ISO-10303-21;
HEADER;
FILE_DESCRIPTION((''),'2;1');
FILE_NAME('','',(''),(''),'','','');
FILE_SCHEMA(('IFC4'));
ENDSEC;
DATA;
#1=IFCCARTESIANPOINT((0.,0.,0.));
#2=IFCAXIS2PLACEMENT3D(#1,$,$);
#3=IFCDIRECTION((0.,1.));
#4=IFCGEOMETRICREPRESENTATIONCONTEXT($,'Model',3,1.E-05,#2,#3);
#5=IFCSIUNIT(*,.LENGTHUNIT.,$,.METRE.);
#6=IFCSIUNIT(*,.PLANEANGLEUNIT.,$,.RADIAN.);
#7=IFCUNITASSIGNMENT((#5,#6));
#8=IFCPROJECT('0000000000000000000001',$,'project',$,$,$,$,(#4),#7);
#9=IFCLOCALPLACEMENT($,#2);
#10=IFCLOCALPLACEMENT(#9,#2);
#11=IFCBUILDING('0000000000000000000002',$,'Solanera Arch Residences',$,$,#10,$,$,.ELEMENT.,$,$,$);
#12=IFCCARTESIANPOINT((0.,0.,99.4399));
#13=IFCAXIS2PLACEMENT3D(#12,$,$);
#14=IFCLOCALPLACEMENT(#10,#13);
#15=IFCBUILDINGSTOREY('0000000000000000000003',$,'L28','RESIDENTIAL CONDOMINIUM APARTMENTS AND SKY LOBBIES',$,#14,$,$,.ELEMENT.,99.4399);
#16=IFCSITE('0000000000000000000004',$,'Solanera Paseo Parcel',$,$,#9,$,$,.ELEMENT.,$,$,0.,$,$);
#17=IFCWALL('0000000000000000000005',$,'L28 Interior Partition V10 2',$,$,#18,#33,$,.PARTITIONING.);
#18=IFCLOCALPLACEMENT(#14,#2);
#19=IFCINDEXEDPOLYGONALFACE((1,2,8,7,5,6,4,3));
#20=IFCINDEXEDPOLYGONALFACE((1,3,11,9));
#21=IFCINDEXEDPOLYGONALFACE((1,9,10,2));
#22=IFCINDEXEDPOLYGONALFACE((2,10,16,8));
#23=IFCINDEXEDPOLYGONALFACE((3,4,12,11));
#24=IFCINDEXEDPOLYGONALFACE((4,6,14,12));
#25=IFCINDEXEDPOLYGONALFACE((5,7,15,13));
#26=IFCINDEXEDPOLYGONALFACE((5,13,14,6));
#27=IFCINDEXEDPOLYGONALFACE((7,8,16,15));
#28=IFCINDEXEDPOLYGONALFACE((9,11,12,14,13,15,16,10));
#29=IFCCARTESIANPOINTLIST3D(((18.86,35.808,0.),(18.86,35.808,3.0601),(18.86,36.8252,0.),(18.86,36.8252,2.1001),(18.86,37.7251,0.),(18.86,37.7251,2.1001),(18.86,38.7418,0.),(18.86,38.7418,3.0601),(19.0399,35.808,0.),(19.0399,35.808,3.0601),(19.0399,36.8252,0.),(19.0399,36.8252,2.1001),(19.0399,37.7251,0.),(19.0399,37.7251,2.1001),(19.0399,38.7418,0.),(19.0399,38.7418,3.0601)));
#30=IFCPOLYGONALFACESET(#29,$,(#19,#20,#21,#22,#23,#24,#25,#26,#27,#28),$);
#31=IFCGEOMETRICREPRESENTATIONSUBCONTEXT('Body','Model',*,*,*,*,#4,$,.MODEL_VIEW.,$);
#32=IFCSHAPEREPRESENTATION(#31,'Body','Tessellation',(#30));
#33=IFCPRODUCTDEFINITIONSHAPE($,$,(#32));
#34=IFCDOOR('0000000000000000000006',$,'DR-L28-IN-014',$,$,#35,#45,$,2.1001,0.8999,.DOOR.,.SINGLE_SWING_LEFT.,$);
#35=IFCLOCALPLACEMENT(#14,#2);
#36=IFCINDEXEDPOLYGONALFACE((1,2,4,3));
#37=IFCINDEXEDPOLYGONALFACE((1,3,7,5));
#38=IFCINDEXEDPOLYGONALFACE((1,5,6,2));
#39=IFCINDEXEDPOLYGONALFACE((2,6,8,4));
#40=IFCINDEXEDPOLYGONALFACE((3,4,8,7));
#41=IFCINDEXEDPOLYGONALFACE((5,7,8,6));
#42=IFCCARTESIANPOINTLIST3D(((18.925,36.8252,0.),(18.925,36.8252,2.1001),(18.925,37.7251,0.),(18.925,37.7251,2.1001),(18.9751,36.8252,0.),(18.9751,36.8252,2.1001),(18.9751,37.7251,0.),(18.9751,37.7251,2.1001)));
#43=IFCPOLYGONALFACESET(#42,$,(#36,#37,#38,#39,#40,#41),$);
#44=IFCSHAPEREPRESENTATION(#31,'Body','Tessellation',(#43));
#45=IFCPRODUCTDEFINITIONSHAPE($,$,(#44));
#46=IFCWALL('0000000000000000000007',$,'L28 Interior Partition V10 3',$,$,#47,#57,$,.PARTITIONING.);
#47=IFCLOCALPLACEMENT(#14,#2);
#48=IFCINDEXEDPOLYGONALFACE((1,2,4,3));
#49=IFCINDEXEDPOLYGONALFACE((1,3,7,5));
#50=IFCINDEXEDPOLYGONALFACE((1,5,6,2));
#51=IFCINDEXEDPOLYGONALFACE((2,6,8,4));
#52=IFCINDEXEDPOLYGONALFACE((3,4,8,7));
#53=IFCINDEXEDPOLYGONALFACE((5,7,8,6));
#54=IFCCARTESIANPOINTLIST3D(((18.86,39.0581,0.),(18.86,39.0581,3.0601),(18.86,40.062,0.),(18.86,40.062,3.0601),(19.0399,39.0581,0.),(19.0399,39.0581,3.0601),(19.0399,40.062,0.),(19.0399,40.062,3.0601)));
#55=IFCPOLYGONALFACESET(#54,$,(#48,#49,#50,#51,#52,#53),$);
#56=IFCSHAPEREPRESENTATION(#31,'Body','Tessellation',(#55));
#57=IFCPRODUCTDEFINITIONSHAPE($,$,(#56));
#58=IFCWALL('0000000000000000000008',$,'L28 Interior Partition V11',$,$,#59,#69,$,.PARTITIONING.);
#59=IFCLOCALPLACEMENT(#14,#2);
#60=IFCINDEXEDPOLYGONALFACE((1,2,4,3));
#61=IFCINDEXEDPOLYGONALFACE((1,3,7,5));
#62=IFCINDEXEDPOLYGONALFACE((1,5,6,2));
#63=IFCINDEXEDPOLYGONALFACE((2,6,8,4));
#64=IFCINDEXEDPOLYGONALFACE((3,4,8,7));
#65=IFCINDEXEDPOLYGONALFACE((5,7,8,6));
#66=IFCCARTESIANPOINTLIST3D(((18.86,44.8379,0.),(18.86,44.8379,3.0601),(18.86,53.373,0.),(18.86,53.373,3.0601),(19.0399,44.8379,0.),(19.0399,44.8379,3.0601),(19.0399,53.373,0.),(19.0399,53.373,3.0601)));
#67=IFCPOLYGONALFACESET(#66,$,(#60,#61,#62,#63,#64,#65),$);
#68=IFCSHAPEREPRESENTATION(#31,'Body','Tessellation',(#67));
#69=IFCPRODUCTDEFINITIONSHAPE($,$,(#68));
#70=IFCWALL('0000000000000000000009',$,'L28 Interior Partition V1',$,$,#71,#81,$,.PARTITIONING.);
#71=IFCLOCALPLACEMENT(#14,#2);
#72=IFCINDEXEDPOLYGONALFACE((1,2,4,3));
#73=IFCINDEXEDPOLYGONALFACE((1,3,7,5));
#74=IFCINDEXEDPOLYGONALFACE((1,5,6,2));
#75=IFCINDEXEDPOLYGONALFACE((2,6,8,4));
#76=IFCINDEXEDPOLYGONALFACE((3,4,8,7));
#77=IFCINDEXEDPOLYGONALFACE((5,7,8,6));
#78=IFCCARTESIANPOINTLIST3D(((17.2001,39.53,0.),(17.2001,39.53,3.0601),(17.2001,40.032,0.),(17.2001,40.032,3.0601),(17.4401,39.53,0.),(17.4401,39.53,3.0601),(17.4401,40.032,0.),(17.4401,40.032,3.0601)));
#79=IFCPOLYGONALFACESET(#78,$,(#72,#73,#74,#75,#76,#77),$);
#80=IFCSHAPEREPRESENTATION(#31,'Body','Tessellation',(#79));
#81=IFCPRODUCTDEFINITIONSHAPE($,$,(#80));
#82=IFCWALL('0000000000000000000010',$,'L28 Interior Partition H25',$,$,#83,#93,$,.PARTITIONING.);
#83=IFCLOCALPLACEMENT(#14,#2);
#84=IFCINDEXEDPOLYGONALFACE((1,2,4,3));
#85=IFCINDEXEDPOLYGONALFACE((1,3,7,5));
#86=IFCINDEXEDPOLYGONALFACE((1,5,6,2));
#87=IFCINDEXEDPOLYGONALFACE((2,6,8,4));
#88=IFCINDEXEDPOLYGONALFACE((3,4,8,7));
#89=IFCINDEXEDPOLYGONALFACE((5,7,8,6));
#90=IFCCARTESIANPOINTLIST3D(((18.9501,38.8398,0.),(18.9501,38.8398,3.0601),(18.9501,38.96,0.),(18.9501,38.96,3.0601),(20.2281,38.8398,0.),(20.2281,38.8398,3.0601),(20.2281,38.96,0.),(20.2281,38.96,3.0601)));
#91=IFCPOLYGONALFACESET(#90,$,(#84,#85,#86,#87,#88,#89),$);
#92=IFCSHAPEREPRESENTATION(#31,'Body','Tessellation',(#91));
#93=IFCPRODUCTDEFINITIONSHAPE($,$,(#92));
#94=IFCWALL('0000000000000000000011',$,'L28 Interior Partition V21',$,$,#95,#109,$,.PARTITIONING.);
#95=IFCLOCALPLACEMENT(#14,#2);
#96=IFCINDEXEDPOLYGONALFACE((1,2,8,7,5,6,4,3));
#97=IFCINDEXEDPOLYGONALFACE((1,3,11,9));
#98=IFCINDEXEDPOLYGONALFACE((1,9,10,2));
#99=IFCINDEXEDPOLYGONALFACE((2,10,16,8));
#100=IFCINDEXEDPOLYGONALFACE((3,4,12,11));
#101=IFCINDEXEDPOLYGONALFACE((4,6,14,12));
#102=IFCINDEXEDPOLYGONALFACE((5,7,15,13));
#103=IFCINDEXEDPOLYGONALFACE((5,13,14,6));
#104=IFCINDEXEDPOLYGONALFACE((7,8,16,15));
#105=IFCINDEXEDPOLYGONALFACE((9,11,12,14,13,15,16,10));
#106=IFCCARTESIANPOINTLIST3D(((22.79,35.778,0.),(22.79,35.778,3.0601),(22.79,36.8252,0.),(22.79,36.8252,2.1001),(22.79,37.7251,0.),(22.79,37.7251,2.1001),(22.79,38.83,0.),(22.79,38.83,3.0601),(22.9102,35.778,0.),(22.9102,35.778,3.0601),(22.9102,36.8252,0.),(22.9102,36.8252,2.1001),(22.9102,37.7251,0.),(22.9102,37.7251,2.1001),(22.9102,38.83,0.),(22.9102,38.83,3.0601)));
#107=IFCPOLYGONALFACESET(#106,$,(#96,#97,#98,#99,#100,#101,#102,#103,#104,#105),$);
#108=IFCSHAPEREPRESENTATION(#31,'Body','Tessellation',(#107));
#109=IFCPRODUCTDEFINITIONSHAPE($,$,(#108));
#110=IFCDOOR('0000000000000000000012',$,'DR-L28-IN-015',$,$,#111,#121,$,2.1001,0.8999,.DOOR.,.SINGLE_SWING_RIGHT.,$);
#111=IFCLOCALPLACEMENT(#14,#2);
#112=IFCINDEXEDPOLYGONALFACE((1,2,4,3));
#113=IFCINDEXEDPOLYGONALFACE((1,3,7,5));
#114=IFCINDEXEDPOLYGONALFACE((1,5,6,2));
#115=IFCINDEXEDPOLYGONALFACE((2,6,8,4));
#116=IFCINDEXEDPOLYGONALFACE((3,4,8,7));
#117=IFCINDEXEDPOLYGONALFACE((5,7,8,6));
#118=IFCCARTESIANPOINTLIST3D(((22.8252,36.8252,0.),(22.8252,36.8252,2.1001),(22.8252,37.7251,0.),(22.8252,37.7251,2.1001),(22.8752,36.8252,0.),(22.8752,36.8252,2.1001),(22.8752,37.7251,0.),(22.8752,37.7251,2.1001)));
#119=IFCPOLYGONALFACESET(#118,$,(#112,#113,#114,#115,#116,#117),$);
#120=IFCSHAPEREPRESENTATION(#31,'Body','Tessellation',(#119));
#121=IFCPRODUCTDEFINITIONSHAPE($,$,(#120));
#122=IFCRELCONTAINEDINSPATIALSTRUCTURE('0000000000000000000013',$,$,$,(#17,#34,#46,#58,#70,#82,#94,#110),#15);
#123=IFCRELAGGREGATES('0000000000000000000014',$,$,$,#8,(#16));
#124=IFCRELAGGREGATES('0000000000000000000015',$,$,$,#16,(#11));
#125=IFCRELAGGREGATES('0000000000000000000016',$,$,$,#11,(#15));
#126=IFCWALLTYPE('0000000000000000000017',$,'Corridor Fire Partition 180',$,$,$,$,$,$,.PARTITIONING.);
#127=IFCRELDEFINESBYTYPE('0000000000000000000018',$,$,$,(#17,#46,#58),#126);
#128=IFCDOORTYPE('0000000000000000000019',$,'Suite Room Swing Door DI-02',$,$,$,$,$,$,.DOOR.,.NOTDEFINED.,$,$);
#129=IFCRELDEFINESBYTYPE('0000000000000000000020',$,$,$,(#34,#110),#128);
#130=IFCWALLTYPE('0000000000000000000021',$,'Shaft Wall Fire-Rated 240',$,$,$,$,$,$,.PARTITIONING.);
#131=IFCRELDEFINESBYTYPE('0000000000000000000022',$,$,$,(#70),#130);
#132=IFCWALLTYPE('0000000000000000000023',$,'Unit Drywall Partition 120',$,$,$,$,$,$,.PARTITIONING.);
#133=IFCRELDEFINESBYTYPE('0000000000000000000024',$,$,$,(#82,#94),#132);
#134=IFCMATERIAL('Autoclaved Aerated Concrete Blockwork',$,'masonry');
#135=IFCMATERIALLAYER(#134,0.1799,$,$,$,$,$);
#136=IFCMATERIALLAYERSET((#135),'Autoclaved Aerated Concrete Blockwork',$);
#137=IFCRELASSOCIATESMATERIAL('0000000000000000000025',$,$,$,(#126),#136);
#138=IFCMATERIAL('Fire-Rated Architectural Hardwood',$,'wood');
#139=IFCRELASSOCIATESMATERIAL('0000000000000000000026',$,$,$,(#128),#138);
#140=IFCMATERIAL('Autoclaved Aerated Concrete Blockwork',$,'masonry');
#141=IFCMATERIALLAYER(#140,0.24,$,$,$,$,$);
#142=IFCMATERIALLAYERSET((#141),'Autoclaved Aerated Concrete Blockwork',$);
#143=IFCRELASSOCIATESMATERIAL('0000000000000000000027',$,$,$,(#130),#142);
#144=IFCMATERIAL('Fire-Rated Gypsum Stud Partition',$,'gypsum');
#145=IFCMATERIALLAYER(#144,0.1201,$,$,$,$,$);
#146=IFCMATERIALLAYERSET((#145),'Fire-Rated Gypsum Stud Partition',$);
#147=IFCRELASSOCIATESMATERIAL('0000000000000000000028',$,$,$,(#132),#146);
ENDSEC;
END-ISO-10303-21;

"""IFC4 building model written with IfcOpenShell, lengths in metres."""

from ifc_helpers import new_model, si_unit, direction, frame, frame_2d, origin, place, context, subcontext, project, spatial, rectangle, extrude, material, layer, layer_set, type_object, element, fill, save


model = new_model("IFC4")

# Units and contexts
model_context = context("Model", 3, precision=1e-05, world=origin(), true_north=direction((0.0, 1.0)))
body_context = subcontext(model_context, "Body", "Model", "MODEL_VIEW")
ifc_project = project(units=[si_unit("LENGTHUNIT", "METRE"), si_unit("PLANEANGLEUNIT", "RADIAN")], contexts=[model_context])

# Site, building, storey
site_placement = place(None, origin())
site = spatial("IfcSite", under=ifc_project, at=site_placement, Name="Solanera Paseo Parcel", CompositionType="ELEMENT", RefElevation=0.0)
building_placement = place(site_placement, origin())
building = spatial("IfcBuilding", under=site, at=building_placement, Name="Solanera Arch Residences", CompositionType="ELEMENT")
storey_placement = place(building_placement, frame((0.0, 0.0, 99.4399)))
storey = spatial("IfcBuildingStorey", under=building, at=storey_placement, Name="L28", Description="RESIDENTIAL CONDOMINIUM APARTMENTS AND SKY LOBBIES", CompositionType="ELEMENT", Elevation=99.4399)

# Wall, opening, door
ifc_material_1 = material(Name="Autoclaved Aerated Concrete Blockwork", Category="masonry")
ifc_layer_1 = layer(ifc_material_1, 0.1799)
ifc_layer_set_1 = layer_set([ifc_layer_1], Name="Autoclaved Aerated Concrete Blockwork")
wall_type_1 = type_object("IfcWallType", Name="Corridor Fire Partition 180", PredefinedType="PARTITIONING", material=ifc_layer_set_1)
wall_1_placement = place(storey_placement, frame((18.95, 35.8081, 0.0), z_axis=(0.0, 0.0, 1.0), x_axis=(0.0, 1.0, 0.0)))
wall_1 = element("IfcWall", 1, at=wall_1_placement, inside=storey, type_object=wall_type_1, Name="L28 Interior Partition V10 2", PredefinedType="PARTITIONING", context=body_context, shape_type="SweptSolid", body=[
    extrude(rectangle(XDim=2.9338, YDim=0.1799, at=frame_2d((1.4668, 0.0))), origin(), (0.0, 0.0, 1.0), 3.0601),
])
opening_1_placement = place(wall_1_placement, frame((1.0171, 0.0, 0.0)))
opening_1 = element("IfcOpeningElement", 2, at=opening_1_placement, cuts=wall_1, PredefinedType="OPENING", context=body_context, shape_type="SweptSolid", body=[
    extrude(rectangle(XDim=0.8999, YDim=2.1001, at=frame_2d((0.45, 1.05))), frame((0.0, 0.1001, 0.0), z_axis=(0.0, -1.0, 0.0), x_axis=(1.0, 0.0, 0.0)), (0.0, 0.0, 1.0), 0.1999),
])
ifc_material_2 = material(Name="Fire-Rated Architectural Hardwood", Category="wood")
door_type = type_object("IfcDoorType", Name="Suite Room Swing Door DI-02", OperationType="NOTDEFINED", PredefinedType="DOOR", material=ifc_material_2)
door_1_placement = place(opening_1_placement, origin())
door_1 = element("IfcDoor", 3, at=door_1_placement, inside=storey, type_object=door_type, Name="DR-L28-IN-014", OperationType="SINGLE_SWING_LEFT", OverallHeight=2.1001, OverallWidth=0.8999, PredefinedType="DOOR", context=body_context, shape_type="SweptSolid", body=[
    extrude(rectangle(XDim=0.8999, YDim=2.1001, at=frame_2d((0.45, 1.05))), frame((0.0, 0.0249, 0.0), z_axis=(0.0, -1.0, 0.0), x_axis=(1.0, 0.0, 0.0)), (0.0, 0.0, 1.0), 0.05),
])
fill(opening_1, door_1)

# Walls
wall_2_placement = place(storey_placement, frame((18.95, 39.0581, 0.0), z_axis=(0.0, 0.0, 1.0), x_axis=(0.0, 1.0, 0.0)))
element("IfcWall", 4, at=wall_2_placement, inside=storey, type_object=wall_type_1, Name="L28 Interior Partition V10 3", PredefinedType="PARTITIONING", context=body_context, shape_type="SweptSolid", body=[
    extrude(rectangle(XDim=1.0039, YDim=0.1799, at=frame_2d((0.502, 0.0))), origin(), (0.0, 0.0, 1.0), 3.0601),
])
wall_3_placement = place(storey_placement, frame((18.95, 44.8379, 0.0), z_axis=(0.0, 0.0, 1.0), x_axis=(0.0, 1.0, 0.0)))
element("IfcWall", 5, at=wall_3_placement, inside=storey, type_object=wall_type_1, Name="L28 Interior Partition V11", PredefinedType="PARTITIONING", context=body_context, shape_type="SweptSolid", body=[
    extrude(rectangle(XDim=8.5352, YDim=0.1799, at=frame_2d((4.2676, 0.0))), origin(), (0.0, 0.0, 1.0), 3.0601),
])
ifc_material_3 = material(Name="Autoclaved Aerated Concrete Blockwork", Category="masonry")
ifc_layer_2 = layer(ifc_material_3, 0.24)
ifc_layer_set_2 = layer_set([ifc_layer_2], Name="Autoclaved Aerated Concrete Blockwork")
wall_type_2 = type_object("IfcWallType", Name="Shaft Wall Fire-Rated 240", PredefinedType="PARTITIONING", material=ifc_layer_set_2)
wall_4_placement = place(storey_placement, frame((17.3201, 39.53, 0.0), z_axis=(0.0, 0.0, 1.0), x_axis=(0.0, 1.0, 0.0)))
element("IfcWall", 6, at=wall_4_placement, inside=storey, type_object=wall_type_2, Name="L28 Interior Partition V1", PredefinedType="PARTITIONING", context=body_context, shape_type="SweptSolid", body=[
    extrude(rectangle(XDim=0.502, YDim=0.24, at=frame_2d((0.251, 0.0))), origin(), (0.0, 0.0, 1.0), 3.0601),
])
ifc_material_4 = material(Name="Fire-Rated Gypsum Stud Partition", Category="gypsum")
ifc_layer_3 = layer(ifc_material_4, 0.1201)
ifc_layer_set_3 = layer_set([ifc_layer_3], Name="Fire-Rated Gypsum Stud Partition")
wall_type_3 = type_object("IfcWallType", Name="Unit Drywall Partition 120", PredefinedType="PARTITIONING", material=ifc_layer_set_3)
wall_5_placement = place(storey_placement, frame((18.95, 38.8999, 0.0), z_axis=(0.0, 0.0, 1.0), x_axis=(1.0, 0.0, 0.0)))
element("IfcWall", 7, at=wall_5_placement, inside=storey, type_object=wall_type_3, Name="L28 Interior Partition H25", PredefinedType="PARTITIONING", context=body_context, shape_type="SweptSolid", body=[
    extrude(rectangle(XDim=1.2781, YDim=0.1201, at=frame_2d((0.6392, 0.0))), origin(), (0.0, 0.0, 1.0), 3.0601),
])

# Wall, opening, door
wall_6_placement = place(storey_placement, frame((22.8501, 35.7781, 0.0), z_axis=(0.0, 0.0, 1.0), x_axis=(0.0, 1.0, 0.0)))
wall_6 = element("IfcWall", 8, at=wall_6_placement, inside=storey, type_object=wall_type_3, Name="L28 Interior Partition V21", PredefinedType="PARTITIONING", context=body_context, shape_type="SweptSolid", body=[
    extrude(rectangle(XDim=3.052, YDim=0.1201, at=frame_2d((1.5259, 0.0))), origin(), (0.0, 0.0, 1.0), 3.0601),
])
opening_2_placement = place(wall_6_placement, frame((1.0471, 0.0, 0.0)))
opening_2 = element("IfcOpeningElement", 9, at=opening_2_placement, cuts=wall_6, PredefinedType="OPENING", context=body_context, shape_type="SweptSolid", body=[
    extrude(rectangle(XDim=0.8999, YDim=2.1001, at=frame_2d((0.45, 1.05))), frame((0.0, 0.0701, 0.0), z_axis=(0.0, -1.0, 0.0), x_axis=(1.0, 0.0, 0.0)), (0.0, 0.0, 1.0), 0.1401),
])
door_2_placement = place(opening_2_placement, origin())
door_2 = element("IfcDoor", 10, at=door_2_placement, inside=storey, type_object=door_type, Name="DR-L28-IN-015", OperationType="SINGLE_SWING_RIGHT", OverallHeight=2.1001, OverallWidth=0.8999, PredefinedType="DOOR", context=body_context, shape_type="SweptSolid", body=[
    extrude(rectangle(XDim=0.8999, YDim=2.1001, at=frame_2d((0.45, 1.05))), frame((0.0, 0.0249, 0.0), z_axis=(0.0, -1.0, 0.0), x_axis=(1.0, 0.0, 0.0)), (0.0, 0.0, 1.0), 0.05),
])
fill(opening_2, door_2)

save(model, "model.ifc")
